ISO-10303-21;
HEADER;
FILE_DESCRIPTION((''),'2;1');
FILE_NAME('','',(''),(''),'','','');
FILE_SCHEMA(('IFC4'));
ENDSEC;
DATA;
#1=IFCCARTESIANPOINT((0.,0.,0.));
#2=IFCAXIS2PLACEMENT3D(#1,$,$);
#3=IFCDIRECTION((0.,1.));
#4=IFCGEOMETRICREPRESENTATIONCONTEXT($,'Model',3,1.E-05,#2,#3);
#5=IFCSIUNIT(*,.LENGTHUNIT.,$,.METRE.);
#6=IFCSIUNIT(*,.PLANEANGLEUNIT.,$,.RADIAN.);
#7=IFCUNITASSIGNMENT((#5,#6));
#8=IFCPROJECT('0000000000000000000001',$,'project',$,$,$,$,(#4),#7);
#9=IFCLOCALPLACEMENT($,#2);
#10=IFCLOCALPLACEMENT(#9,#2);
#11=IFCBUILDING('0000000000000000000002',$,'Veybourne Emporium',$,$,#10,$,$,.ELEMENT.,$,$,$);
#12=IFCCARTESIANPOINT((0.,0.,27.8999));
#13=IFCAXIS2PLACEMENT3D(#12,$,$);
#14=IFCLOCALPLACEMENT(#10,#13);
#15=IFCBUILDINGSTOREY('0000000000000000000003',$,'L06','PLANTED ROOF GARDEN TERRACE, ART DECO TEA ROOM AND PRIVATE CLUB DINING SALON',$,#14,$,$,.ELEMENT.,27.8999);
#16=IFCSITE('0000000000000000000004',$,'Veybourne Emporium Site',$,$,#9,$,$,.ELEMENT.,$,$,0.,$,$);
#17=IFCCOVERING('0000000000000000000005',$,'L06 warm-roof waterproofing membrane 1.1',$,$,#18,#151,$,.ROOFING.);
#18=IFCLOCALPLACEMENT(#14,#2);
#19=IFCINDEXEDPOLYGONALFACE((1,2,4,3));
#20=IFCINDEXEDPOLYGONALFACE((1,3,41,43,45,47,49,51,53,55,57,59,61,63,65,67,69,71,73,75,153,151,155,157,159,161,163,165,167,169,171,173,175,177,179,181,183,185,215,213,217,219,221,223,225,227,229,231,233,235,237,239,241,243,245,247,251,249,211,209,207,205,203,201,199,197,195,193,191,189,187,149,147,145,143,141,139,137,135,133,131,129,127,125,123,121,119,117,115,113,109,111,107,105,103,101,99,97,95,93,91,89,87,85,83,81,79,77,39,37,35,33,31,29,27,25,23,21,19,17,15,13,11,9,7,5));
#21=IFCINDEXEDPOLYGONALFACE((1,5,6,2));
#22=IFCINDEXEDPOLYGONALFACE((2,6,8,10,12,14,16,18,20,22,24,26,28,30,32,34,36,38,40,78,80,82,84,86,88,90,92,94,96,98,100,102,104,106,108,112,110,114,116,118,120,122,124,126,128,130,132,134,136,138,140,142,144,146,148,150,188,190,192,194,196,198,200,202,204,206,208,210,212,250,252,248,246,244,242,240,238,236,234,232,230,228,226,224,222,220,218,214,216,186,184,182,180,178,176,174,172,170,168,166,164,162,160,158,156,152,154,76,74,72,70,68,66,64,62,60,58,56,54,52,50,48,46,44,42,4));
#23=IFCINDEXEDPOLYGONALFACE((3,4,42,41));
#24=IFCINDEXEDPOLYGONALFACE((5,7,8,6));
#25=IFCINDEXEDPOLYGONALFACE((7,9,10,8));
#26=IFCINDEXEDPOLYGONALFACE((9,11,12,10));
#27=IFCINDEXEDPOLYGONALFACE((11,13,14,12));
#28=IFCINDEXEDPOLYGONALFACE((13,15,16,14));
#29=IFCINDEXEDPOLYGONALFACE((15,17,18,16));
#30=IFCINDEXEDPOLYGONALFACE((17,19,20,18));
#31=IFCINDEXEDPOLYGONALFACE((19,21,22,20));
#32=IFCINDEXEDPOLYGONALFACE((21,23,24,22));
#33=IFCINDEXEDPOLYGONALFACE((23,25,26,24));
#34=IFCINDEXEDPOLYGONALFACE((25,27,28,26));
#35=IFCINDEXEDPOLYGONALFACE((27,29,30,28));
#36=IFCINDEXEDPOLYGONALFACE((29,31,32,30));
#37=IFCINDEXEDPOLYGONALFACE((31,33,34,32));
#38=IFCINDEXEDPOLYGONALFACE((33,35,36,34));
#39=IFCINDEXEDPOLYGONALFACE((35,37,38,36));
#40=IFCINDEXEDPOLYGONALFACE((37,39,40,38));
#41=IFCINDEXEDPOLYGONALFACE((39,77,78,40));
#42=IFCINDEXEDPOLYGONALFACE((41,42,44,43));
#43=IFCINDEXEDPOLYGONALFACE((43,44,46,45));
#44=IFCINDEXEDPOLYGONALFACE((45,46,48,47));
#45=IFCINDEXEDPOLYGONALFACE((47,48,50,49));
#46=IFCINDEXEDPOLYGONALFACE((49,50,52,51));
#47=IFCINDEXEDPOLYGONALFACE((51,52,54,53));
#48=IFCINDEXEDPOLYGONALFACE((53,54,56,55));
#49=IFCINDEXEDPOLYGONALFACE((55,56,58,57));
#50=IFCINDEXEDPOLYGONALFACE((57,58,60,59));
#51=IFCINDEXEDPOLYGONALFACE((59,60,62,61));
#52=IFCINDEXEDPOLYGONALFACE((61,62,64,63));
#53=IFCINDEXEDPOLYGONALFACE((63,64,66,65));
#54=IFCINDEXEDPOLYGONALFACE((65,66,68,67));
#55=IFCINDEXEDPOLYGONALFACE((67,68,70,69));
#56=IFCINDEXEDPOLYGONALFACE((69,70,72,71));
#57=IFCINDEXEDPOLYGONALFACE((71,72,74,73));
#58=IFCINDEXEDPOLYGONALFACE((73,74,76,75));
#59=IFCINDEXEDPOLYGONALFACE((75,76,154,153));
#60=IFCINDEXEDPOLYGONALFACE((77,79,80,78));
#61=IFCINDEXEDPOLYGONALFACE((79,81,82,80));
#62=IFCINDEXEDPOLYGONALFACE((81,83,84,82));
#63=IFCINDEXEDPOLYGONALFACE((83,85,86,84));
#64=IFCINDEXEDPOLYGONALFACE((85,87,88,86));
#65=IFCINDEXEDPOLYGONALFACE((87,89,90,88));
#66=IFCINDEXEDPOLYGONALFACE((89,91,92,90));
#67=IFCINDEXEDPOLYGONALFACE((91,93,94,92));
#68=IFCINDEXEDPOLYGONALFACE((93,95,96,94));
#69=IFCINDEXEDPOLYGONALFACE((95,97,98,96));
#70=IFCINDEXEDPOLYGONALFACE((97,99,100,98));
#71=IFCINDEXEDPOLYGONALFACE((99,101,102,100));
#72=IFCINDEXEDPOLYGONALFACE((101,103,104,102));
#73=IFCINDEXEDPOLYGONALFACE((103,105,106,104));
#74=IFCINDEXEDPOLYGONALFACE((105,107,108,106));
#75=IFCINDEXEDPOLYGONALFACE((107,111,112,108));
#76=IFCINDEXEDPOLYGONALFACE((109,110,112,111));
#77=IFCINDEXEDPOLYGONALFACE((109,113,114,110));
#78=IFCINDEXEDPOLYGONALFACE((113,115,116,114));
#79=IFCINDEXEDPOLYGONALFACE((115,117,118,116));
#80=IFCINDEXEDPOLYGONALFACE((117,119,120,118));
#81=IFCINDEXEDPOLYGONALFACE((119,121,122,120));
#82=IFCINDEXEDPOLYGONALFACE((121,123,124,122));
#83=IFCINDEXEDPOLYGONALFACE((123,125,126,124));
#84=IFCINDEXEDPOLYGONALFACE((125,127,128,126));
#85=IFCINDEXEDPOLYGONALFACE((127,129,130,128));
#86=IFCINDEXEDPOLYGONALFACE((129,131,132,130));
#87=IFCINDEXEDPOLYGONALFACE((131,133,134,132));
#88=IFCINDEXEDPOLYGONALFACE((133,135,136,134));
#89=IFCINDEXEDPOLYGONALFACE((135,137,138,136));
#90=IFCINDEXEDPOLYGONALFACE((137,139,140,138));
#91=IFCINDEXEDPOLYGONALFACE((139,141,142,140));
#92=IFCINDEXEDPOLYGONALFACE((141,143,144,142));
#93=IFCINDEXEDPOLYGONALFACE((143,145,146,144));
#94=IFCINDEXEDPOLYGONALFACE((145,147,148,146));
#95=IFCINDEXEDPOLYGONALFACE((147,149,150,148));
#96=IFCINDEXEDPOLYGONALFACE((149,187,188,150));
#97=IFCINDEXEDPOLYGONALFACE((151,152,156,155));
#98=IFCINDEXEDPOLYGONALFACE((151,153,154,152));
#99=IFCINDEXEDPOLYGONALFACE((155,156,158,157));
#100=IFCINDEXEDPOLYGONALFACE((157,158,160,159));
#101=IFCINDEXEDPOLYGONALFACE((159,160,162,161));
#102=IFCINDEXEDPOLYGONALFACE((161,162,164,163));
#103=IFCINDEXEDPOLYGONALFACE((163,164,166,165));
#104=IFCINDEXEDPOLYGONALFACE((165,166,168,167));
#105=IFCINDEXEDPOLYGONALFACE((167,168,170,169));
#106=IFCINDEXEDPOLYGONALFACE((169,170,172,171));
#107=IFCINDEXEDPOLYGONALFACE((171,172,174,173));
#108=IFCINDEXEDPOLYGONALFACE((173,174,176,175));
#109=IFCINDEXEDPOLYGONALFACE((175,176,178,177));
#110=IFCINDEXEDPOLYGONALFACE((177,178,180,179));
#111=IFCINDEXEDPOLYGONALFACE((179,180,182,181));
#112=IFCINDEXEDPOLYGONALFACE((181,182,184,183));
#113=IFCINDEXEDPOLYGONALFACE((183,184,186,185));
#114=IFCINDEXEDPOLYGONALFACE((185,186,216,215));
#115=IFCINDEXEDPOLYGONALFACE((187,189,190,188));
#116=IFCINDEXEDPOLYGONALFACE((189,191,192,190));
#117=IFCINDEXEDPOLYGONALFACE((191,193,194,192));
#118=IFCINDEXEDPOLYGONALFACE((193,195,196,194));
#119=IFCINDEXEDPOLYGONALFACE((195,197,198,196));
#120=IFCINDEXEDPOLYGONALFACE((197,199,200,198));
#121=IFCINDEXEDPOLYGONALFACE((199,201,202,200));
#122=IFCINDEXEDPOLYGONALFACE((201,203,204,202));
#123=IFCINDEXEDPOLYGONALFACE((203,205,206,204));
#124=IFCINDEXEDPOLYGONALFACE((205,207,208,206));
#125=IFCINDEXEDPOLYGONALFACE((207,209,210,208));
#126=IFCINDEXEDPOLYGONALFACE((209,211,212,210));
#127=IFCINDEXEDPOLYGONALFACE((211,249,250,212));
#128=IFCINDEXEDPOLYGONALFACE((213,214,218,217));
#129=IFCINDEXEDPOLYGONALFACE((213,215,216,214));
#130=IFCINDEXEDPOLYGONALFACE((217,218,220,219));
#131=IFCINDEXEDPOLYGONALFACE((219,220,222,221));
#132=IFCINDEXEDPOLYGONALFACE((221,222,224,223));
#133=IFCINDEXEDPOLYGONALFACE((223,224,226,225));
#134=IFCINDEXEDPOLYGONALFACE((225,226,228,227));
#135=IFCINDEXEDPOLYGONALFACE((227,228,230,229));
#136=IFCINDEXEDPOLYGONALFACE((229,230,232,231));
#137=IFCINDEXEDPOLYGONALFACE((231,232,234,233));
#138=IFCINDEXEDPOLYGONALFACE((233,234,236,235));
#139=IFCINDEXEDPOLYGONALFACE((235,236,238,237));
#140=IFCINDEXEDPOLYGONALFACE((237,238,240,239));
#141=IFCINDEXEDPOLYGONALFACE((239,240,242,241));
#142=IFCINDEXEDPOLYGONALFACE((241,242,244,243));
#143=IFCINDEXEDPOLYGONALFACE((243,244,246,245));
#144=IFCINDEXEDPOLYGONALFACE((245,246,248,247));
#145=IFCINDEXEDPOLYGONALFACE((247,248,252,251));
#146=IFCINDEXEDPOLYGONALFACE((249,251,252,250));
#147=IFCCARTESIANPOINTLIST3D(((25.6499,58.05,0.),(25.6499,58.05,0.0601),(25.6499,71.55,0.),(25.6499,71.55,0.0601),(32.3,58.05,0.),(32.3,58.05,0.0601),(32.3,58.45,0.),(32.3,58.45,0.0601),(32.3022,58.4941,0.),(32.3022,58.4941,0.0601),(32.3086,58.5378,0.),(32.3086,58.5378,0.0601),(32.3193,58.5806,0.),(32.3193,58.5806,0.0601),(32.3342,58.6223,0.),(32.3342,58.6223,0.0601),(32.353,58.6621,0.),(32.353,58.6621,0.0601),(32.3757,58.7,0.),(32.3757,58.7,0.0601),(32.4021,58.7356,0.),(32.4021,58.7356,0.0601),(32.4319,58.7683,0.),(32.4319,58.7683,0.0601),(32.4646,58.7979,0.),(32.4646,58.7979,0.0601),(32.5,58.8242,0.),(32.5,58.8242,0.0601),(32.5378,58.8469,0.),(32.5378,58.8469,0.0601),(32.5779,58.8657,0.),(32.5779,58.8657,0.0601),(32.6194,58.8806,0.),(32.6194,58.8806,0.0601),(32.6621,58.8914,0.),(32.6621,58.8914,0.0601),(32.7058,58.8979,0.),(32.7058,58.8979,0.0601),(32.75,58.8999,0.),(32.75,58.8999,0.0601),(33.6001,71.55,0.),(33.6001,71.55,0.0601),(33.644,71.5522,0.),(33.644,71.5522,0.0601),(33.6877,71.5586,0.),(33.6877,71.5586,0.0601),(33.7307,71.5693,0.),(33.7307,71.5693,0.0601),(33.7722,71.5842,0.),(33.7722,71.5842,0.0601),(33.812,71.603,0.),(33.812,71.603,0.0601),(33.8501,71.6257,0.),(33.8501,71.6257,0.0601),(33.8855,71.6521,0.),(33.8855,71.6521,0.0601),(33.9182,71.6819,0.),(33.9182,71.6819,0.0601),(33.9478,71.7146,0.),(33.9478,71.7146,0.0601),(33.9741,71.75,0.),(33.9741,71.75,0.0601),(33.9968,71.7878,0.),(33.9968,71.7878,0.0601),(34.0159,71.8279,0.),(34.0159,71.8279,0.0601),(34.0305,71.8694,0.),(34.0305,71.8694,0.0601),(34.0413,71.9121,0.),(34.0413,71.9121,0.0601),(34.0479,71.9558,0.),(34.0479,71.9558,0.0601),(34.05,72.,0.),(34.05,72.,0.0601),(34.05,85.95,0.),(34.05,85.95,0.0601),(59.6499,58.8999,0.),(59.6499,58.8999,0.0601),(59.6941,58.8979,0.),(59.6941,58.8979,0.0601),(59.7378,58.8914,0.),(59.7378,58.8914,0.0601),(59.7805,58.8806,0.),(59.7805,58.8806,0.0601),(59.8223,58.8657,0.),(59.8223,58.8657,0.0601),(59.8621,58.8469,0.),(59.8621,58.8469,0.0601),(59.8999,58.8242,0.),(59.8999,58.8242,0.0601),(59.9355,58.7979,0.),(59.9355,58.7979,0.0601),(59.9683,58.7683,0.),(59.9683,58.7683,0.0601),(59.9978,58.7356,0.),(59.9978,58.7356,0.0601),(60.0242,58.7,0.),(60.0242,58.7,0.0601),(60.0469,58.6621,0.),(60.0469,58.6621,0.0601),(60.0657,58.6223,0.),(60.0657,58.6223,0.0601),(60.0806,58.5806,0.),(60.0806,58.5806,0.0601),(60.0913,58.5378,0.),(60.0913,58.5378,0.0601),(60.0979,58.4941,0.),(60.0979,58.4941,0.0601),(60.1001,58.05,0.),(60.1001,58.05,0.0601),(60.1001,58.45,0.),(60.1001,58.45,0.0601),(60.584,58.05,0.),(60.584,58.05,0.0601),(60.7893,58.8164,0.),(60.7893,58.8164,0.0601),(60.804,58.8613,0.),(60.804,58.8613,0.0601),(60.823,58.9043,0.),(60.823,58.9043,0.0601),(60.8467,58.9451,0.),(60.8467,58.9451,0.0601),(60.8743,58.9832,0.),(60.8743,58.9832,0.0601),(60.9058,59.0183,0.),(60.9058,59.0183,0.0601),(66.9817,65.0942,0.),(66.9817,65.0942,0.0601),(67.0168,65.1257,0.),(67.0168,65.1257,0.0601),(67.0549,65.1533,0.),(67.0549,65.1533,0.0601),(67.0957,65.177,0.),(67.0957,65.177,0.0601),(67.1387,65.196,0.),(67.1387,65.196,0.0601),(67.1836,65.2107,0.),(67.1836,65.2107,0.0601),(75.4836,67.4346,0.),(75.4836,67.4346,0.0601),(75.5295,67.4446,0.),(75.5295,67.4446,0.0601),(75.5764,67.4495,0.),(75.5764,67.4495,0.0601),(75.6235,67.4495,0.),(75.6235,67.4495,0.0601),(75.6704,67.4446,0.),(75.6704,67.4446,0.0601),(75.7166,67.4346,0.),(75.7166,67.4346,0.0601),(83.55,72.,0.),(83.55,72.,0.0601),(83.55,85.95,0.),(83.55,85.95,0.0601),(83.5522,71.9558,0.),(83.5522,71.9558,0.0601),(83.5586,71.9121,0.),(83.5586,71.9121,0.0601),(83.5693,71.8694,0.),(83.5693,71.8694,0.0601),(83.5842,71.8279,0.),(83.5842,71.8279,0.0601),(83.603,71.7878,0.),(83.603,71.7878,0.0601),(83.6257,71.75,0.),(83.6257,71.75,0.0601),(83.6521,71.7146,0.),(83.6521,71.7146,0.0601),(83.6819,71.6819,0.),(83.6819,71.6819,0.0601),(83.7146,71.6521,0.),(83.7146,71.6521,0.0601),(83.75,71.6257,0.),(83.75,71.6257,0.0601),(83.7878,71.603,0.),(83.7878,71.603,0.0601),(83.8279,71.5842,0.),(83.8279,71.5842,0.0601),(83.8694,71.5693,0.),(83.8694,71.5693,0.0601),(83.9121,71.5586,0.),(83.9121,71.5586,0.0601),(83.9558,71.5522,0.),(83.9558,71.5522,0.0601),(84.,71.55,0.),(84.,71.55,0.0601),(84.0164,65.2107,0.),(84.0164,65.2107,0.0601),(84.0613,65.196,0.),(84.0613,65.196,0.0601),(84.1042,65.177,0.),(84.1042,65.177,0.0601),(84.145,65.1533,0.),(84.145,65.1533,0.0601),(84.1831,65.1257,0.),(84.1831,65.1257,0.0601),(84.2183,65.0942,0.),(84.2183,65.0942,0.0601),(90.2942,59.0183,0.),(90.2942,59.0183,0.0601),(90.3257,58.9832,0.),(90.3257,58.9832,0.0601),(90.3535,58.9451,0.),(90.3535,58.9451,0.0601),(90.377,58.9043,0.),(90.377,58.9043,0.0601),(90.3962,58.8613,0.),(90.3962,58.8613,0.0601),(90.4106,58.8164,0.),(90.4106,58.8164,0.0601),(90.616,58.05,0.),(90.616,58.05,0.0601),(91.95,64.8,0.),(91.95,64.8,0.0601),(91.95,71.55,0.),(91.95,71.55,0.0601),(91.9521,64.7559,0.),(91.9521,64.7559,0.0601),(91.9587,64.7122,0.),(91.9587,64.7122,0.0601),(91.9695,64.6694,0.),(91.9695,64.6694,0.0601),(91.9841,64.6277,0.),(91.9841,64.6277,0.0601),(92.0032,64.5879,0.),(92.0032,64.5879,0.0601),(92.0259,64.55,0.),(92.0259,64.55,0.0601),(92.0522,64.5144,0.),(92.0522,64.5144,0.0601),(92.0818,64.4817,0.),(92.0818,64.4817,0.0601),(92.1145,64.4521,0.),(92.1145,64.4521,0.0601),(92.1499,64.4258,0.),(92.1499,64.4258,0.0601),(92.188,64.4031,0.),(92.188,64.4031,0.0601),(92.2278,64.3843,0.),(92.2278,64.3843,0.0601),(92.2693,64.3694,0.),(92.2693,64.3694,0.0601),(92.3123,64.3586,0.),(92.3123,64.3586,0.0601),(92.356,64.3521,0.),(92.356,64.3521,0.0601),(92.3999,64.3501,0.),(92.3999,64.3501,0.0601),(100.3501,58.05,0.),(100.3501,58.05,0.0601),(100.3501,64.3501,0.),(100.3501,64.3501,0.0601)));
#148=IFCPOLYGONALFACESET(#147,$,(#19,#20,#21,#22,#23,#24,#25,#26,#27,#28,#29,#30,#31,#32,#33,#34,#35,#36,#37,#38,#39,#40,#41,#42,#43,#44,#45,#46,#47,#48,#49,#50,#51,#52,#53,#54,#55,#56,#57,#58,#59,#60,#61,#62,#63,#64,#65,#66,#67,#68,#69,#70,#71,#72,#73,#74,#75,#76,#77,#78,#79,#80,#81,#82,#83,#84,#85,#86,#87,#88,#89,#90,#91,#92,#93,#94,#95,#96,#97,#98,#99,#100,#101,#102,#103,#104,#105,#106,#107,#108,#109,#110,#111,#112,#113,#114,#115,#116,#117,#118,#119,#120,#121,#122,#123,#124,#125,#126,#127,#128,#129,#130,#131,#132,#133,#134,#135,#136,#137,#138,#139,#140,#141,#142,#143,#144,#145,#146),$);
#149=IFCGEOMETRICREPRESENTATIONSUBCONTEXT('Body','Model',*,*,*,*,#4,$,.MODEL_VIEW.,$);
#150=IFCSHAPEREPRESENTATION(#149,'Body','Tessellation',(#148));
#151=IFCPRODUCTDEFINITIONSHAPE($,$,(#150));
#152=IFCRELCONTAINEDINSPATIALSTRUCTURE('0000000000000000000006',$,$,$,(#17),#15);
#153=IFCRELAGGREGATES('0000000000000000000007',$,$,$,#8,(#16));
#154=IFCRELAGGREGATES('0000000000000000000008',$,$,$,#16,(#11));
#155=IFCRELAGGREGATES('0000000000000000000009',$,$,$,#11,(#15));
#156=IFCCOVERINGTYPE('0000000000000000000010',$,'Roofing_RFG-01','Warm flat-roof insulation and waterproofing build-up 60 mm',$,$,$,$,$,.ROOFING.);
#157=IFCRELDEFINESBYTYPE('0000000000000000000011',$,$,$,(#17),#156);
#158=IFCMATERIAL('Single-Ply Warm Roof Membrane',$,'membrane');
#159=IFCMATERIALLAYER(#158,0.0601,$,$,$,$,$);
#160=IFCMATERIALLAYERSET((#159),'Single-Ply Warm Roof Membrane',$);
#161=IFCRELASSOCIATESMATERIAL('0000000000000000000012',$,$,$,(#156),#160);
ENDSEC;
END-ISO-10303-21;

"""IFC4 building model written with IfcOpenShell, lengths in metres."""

from ifc_helpers import new_model, si_unit, direction, frame, origin, place, context, subcontext, project, spatial, polyline, outline, extrude, material, layer, layer_set, type_object, element, save


model = new_model("IFC4")

# Units and contexts
model_context = context("Model", 3, precision=1e-05, world=origin(), true_north=direction((0.0, 1.0)))
body_context = subcontext(model_context, "Body", "Model", "MODEL_VIEW")
ifc_project = project(units=[si_unit("LENGTHUNIT", "METRE"), si_unit("PLANEANGLEUNIT", "RADIAN")], contexts=[model_context])

# Site, building, storey
site_placement = place(None, origin())
site = spatial("IfcSite", under=ifc_project, at=site_placement, Name="Veybourne Emporium Site", CompositionType="ELEMENT", RefElevation=0.0)
building_placement = place(site_placement, origin())
building = spatial("IfcBuilding", under=site, at=building_placement, Name="Veybourne Emporium", CompositionType="ELEMENT")
storey_placement = place(building_placement, frame((0.0, 0.0, 27.8999)))
storey = spatial("IfcBuildingStorey", under=building, at=storey_placement, Name="L06", Description="PLANTED ROOF GARDEN TERRACE, ART DECO TEA ROOM AND PRIVATE CLUB DINING SALON", CompositionType="ELEMENT", Elevation=27.8999)

# Covering
ifc_material_1 = material(Name="Single-Ply Warm Roof Membrane", Category="membrane")
ifc_layer_1 = layer(ifc_material_1, 0.0601)
ifc_layer_set_1 = layer_set([ifc_layer_1], Name="Single-Ply Warm Roof Membrane")
covering_type_1 = type_object("IfcCoveringType", Name="Roofing_RFG-01", Description="Warm flat-roof insulation and waterproofing build-up 60 mm", PredefinedType="ROOFING", material=ifc_layer_set_1)
covering_1_placement = place(storey_placement, origin())
element("IfcCovering", 1, at=covering_1_placement, inside=storey, type_object=covering_type_1, Name="L06 warm-roof waterproofing membrane 1.1", PredefinedType="ROOFING", context=body_context, shape_type="SweptSolid", body=[
    extrude(outline(polyline([(34.05, 85.95), (83.55, 85.95), (83.55, 72.0), (83.5522, 71.9558), (83.5586, 71.9121), (83.5693, 71.8694), (83.5842, 71.8279), (83.603, 71.7878), (83.6257, 71.75), (83.6521, 71.7146), (83.6819, 71.6819), (83.7146, 71.6521), (83.75, 71.6257), (83.7878, 71.603), (83.8279, 71.5842), (83.8694, 71.5693), (83.9121, 71.5586), (83.9558, 71.5522), (84.0, 71.55), (91.95, 71.55), (91.95, 64.8), (91.9521, 64.7559), (91.9587, 64.7122), (91.9695, 64.6694), (91.9841, 64.6277), (92.0032, 64.5879), (92.0259, 64.55), (92.0522, 64.5144), (92.0818, 64.4817), (92.1145, 64.4521), (92.1499, 64.4258), (92.188, 64.4031), (92.2278, 64.3843), (92.2693, 64.3694), (92.3123, 64.3586), (92.356, 64.3521), (92.3999, 64.3501), (100.3501, 64.3501), (100.3501, 58.05), (90.616, 58.05), (90.4106, 58.8164), (90.3962, 58.8613), (90.377, 58.9043), (90.3535, 58.9451), (90.3257, 58.9832), (90.2942, 59.0183), (84.2183, 65.0942), (84.1831, 65.1257), (84.145, 65.1533), (84.1042, 65.177), (84.0613, 65.196), (84.0164, 65.2107), (75.7166, 67.4346), (75.6704, 67.4446), (75.6235, 67.4495), (75.5764, 67.4495), (75.5295, 67.4446), (75.4836, 67.4346), (67.1836, 65.2107), (67.1387, 65.196), (67.0957, 65.177), (67.0549, 65.1533), (67.0168, 65.1257), (66.9817, 65.0942), (60.9058, 59.0183), (60.8743, 58.9832), (60.8467, 58.9451), (60.823, 58.9043), (60.804, 58.8613), (60.7893, 58.8164), (60.584, 58.05), (60.1001, 58.05), (60.1001, 58.45), (60.0979, 58.4941), (60.0913, 58.5378), (60.0806, 58.5806), (60.0657, 58.6223), (60.0469, 58.6621), (60.0242, 58.7), (59.9978, 58.7356), (59.9683, 58.7683), (59.9355, 58.7979), (59.8999, 58.8242), (59.8621, 58.8469), (59.8223, 58.8657), (59.7805, 58.8806), (59.7378, 58.8914), (59.6941, 58.8979), (59.6499, 58.8999), (32.75, 58.8999), (32.7058, 58.8979), (32.6621, 58.8914), (32.6194, 58.8806), (32.5779, 58.8657), (32.5378, 58.8469), (32.5, 58.8242), (32.4646, 58.7979), (32.4319, 58.7683), (32.4021, 58.7356), (32.3757, 58.7), (32.353, 58.6621), (32.3342, 58.6223), (32.3193, 58.5806), (32.3086, 58.5378), (32.3022, 58.4941), (32.3, 58.45), (32.3, 58.05), (25.6499, 58.05), (25.6499, 71.55), (33.6001, 71.55), (33.644, 71.5522), (33.6877, 71.5586), (33.7307, 71.5693), (33.7722, 71.5842), (33.812, 71.603), (33.8501, 71.6257), (33.8855, 71.6521), (33.9182, 71.6819), (33.9478, 71.7146), (33.9741, 71.75), (33.9968, 71.7878), (34.0159, 71.8279), (34.0305, 71.8694), (34.0413, 71.9121), (34.0479, 71.9558), (34.05, 72.0), (34.05, 85.95)])), origin(), (0.0, 0.0, 1.0), 0.0601),
])

save(model, "model.ifc")
